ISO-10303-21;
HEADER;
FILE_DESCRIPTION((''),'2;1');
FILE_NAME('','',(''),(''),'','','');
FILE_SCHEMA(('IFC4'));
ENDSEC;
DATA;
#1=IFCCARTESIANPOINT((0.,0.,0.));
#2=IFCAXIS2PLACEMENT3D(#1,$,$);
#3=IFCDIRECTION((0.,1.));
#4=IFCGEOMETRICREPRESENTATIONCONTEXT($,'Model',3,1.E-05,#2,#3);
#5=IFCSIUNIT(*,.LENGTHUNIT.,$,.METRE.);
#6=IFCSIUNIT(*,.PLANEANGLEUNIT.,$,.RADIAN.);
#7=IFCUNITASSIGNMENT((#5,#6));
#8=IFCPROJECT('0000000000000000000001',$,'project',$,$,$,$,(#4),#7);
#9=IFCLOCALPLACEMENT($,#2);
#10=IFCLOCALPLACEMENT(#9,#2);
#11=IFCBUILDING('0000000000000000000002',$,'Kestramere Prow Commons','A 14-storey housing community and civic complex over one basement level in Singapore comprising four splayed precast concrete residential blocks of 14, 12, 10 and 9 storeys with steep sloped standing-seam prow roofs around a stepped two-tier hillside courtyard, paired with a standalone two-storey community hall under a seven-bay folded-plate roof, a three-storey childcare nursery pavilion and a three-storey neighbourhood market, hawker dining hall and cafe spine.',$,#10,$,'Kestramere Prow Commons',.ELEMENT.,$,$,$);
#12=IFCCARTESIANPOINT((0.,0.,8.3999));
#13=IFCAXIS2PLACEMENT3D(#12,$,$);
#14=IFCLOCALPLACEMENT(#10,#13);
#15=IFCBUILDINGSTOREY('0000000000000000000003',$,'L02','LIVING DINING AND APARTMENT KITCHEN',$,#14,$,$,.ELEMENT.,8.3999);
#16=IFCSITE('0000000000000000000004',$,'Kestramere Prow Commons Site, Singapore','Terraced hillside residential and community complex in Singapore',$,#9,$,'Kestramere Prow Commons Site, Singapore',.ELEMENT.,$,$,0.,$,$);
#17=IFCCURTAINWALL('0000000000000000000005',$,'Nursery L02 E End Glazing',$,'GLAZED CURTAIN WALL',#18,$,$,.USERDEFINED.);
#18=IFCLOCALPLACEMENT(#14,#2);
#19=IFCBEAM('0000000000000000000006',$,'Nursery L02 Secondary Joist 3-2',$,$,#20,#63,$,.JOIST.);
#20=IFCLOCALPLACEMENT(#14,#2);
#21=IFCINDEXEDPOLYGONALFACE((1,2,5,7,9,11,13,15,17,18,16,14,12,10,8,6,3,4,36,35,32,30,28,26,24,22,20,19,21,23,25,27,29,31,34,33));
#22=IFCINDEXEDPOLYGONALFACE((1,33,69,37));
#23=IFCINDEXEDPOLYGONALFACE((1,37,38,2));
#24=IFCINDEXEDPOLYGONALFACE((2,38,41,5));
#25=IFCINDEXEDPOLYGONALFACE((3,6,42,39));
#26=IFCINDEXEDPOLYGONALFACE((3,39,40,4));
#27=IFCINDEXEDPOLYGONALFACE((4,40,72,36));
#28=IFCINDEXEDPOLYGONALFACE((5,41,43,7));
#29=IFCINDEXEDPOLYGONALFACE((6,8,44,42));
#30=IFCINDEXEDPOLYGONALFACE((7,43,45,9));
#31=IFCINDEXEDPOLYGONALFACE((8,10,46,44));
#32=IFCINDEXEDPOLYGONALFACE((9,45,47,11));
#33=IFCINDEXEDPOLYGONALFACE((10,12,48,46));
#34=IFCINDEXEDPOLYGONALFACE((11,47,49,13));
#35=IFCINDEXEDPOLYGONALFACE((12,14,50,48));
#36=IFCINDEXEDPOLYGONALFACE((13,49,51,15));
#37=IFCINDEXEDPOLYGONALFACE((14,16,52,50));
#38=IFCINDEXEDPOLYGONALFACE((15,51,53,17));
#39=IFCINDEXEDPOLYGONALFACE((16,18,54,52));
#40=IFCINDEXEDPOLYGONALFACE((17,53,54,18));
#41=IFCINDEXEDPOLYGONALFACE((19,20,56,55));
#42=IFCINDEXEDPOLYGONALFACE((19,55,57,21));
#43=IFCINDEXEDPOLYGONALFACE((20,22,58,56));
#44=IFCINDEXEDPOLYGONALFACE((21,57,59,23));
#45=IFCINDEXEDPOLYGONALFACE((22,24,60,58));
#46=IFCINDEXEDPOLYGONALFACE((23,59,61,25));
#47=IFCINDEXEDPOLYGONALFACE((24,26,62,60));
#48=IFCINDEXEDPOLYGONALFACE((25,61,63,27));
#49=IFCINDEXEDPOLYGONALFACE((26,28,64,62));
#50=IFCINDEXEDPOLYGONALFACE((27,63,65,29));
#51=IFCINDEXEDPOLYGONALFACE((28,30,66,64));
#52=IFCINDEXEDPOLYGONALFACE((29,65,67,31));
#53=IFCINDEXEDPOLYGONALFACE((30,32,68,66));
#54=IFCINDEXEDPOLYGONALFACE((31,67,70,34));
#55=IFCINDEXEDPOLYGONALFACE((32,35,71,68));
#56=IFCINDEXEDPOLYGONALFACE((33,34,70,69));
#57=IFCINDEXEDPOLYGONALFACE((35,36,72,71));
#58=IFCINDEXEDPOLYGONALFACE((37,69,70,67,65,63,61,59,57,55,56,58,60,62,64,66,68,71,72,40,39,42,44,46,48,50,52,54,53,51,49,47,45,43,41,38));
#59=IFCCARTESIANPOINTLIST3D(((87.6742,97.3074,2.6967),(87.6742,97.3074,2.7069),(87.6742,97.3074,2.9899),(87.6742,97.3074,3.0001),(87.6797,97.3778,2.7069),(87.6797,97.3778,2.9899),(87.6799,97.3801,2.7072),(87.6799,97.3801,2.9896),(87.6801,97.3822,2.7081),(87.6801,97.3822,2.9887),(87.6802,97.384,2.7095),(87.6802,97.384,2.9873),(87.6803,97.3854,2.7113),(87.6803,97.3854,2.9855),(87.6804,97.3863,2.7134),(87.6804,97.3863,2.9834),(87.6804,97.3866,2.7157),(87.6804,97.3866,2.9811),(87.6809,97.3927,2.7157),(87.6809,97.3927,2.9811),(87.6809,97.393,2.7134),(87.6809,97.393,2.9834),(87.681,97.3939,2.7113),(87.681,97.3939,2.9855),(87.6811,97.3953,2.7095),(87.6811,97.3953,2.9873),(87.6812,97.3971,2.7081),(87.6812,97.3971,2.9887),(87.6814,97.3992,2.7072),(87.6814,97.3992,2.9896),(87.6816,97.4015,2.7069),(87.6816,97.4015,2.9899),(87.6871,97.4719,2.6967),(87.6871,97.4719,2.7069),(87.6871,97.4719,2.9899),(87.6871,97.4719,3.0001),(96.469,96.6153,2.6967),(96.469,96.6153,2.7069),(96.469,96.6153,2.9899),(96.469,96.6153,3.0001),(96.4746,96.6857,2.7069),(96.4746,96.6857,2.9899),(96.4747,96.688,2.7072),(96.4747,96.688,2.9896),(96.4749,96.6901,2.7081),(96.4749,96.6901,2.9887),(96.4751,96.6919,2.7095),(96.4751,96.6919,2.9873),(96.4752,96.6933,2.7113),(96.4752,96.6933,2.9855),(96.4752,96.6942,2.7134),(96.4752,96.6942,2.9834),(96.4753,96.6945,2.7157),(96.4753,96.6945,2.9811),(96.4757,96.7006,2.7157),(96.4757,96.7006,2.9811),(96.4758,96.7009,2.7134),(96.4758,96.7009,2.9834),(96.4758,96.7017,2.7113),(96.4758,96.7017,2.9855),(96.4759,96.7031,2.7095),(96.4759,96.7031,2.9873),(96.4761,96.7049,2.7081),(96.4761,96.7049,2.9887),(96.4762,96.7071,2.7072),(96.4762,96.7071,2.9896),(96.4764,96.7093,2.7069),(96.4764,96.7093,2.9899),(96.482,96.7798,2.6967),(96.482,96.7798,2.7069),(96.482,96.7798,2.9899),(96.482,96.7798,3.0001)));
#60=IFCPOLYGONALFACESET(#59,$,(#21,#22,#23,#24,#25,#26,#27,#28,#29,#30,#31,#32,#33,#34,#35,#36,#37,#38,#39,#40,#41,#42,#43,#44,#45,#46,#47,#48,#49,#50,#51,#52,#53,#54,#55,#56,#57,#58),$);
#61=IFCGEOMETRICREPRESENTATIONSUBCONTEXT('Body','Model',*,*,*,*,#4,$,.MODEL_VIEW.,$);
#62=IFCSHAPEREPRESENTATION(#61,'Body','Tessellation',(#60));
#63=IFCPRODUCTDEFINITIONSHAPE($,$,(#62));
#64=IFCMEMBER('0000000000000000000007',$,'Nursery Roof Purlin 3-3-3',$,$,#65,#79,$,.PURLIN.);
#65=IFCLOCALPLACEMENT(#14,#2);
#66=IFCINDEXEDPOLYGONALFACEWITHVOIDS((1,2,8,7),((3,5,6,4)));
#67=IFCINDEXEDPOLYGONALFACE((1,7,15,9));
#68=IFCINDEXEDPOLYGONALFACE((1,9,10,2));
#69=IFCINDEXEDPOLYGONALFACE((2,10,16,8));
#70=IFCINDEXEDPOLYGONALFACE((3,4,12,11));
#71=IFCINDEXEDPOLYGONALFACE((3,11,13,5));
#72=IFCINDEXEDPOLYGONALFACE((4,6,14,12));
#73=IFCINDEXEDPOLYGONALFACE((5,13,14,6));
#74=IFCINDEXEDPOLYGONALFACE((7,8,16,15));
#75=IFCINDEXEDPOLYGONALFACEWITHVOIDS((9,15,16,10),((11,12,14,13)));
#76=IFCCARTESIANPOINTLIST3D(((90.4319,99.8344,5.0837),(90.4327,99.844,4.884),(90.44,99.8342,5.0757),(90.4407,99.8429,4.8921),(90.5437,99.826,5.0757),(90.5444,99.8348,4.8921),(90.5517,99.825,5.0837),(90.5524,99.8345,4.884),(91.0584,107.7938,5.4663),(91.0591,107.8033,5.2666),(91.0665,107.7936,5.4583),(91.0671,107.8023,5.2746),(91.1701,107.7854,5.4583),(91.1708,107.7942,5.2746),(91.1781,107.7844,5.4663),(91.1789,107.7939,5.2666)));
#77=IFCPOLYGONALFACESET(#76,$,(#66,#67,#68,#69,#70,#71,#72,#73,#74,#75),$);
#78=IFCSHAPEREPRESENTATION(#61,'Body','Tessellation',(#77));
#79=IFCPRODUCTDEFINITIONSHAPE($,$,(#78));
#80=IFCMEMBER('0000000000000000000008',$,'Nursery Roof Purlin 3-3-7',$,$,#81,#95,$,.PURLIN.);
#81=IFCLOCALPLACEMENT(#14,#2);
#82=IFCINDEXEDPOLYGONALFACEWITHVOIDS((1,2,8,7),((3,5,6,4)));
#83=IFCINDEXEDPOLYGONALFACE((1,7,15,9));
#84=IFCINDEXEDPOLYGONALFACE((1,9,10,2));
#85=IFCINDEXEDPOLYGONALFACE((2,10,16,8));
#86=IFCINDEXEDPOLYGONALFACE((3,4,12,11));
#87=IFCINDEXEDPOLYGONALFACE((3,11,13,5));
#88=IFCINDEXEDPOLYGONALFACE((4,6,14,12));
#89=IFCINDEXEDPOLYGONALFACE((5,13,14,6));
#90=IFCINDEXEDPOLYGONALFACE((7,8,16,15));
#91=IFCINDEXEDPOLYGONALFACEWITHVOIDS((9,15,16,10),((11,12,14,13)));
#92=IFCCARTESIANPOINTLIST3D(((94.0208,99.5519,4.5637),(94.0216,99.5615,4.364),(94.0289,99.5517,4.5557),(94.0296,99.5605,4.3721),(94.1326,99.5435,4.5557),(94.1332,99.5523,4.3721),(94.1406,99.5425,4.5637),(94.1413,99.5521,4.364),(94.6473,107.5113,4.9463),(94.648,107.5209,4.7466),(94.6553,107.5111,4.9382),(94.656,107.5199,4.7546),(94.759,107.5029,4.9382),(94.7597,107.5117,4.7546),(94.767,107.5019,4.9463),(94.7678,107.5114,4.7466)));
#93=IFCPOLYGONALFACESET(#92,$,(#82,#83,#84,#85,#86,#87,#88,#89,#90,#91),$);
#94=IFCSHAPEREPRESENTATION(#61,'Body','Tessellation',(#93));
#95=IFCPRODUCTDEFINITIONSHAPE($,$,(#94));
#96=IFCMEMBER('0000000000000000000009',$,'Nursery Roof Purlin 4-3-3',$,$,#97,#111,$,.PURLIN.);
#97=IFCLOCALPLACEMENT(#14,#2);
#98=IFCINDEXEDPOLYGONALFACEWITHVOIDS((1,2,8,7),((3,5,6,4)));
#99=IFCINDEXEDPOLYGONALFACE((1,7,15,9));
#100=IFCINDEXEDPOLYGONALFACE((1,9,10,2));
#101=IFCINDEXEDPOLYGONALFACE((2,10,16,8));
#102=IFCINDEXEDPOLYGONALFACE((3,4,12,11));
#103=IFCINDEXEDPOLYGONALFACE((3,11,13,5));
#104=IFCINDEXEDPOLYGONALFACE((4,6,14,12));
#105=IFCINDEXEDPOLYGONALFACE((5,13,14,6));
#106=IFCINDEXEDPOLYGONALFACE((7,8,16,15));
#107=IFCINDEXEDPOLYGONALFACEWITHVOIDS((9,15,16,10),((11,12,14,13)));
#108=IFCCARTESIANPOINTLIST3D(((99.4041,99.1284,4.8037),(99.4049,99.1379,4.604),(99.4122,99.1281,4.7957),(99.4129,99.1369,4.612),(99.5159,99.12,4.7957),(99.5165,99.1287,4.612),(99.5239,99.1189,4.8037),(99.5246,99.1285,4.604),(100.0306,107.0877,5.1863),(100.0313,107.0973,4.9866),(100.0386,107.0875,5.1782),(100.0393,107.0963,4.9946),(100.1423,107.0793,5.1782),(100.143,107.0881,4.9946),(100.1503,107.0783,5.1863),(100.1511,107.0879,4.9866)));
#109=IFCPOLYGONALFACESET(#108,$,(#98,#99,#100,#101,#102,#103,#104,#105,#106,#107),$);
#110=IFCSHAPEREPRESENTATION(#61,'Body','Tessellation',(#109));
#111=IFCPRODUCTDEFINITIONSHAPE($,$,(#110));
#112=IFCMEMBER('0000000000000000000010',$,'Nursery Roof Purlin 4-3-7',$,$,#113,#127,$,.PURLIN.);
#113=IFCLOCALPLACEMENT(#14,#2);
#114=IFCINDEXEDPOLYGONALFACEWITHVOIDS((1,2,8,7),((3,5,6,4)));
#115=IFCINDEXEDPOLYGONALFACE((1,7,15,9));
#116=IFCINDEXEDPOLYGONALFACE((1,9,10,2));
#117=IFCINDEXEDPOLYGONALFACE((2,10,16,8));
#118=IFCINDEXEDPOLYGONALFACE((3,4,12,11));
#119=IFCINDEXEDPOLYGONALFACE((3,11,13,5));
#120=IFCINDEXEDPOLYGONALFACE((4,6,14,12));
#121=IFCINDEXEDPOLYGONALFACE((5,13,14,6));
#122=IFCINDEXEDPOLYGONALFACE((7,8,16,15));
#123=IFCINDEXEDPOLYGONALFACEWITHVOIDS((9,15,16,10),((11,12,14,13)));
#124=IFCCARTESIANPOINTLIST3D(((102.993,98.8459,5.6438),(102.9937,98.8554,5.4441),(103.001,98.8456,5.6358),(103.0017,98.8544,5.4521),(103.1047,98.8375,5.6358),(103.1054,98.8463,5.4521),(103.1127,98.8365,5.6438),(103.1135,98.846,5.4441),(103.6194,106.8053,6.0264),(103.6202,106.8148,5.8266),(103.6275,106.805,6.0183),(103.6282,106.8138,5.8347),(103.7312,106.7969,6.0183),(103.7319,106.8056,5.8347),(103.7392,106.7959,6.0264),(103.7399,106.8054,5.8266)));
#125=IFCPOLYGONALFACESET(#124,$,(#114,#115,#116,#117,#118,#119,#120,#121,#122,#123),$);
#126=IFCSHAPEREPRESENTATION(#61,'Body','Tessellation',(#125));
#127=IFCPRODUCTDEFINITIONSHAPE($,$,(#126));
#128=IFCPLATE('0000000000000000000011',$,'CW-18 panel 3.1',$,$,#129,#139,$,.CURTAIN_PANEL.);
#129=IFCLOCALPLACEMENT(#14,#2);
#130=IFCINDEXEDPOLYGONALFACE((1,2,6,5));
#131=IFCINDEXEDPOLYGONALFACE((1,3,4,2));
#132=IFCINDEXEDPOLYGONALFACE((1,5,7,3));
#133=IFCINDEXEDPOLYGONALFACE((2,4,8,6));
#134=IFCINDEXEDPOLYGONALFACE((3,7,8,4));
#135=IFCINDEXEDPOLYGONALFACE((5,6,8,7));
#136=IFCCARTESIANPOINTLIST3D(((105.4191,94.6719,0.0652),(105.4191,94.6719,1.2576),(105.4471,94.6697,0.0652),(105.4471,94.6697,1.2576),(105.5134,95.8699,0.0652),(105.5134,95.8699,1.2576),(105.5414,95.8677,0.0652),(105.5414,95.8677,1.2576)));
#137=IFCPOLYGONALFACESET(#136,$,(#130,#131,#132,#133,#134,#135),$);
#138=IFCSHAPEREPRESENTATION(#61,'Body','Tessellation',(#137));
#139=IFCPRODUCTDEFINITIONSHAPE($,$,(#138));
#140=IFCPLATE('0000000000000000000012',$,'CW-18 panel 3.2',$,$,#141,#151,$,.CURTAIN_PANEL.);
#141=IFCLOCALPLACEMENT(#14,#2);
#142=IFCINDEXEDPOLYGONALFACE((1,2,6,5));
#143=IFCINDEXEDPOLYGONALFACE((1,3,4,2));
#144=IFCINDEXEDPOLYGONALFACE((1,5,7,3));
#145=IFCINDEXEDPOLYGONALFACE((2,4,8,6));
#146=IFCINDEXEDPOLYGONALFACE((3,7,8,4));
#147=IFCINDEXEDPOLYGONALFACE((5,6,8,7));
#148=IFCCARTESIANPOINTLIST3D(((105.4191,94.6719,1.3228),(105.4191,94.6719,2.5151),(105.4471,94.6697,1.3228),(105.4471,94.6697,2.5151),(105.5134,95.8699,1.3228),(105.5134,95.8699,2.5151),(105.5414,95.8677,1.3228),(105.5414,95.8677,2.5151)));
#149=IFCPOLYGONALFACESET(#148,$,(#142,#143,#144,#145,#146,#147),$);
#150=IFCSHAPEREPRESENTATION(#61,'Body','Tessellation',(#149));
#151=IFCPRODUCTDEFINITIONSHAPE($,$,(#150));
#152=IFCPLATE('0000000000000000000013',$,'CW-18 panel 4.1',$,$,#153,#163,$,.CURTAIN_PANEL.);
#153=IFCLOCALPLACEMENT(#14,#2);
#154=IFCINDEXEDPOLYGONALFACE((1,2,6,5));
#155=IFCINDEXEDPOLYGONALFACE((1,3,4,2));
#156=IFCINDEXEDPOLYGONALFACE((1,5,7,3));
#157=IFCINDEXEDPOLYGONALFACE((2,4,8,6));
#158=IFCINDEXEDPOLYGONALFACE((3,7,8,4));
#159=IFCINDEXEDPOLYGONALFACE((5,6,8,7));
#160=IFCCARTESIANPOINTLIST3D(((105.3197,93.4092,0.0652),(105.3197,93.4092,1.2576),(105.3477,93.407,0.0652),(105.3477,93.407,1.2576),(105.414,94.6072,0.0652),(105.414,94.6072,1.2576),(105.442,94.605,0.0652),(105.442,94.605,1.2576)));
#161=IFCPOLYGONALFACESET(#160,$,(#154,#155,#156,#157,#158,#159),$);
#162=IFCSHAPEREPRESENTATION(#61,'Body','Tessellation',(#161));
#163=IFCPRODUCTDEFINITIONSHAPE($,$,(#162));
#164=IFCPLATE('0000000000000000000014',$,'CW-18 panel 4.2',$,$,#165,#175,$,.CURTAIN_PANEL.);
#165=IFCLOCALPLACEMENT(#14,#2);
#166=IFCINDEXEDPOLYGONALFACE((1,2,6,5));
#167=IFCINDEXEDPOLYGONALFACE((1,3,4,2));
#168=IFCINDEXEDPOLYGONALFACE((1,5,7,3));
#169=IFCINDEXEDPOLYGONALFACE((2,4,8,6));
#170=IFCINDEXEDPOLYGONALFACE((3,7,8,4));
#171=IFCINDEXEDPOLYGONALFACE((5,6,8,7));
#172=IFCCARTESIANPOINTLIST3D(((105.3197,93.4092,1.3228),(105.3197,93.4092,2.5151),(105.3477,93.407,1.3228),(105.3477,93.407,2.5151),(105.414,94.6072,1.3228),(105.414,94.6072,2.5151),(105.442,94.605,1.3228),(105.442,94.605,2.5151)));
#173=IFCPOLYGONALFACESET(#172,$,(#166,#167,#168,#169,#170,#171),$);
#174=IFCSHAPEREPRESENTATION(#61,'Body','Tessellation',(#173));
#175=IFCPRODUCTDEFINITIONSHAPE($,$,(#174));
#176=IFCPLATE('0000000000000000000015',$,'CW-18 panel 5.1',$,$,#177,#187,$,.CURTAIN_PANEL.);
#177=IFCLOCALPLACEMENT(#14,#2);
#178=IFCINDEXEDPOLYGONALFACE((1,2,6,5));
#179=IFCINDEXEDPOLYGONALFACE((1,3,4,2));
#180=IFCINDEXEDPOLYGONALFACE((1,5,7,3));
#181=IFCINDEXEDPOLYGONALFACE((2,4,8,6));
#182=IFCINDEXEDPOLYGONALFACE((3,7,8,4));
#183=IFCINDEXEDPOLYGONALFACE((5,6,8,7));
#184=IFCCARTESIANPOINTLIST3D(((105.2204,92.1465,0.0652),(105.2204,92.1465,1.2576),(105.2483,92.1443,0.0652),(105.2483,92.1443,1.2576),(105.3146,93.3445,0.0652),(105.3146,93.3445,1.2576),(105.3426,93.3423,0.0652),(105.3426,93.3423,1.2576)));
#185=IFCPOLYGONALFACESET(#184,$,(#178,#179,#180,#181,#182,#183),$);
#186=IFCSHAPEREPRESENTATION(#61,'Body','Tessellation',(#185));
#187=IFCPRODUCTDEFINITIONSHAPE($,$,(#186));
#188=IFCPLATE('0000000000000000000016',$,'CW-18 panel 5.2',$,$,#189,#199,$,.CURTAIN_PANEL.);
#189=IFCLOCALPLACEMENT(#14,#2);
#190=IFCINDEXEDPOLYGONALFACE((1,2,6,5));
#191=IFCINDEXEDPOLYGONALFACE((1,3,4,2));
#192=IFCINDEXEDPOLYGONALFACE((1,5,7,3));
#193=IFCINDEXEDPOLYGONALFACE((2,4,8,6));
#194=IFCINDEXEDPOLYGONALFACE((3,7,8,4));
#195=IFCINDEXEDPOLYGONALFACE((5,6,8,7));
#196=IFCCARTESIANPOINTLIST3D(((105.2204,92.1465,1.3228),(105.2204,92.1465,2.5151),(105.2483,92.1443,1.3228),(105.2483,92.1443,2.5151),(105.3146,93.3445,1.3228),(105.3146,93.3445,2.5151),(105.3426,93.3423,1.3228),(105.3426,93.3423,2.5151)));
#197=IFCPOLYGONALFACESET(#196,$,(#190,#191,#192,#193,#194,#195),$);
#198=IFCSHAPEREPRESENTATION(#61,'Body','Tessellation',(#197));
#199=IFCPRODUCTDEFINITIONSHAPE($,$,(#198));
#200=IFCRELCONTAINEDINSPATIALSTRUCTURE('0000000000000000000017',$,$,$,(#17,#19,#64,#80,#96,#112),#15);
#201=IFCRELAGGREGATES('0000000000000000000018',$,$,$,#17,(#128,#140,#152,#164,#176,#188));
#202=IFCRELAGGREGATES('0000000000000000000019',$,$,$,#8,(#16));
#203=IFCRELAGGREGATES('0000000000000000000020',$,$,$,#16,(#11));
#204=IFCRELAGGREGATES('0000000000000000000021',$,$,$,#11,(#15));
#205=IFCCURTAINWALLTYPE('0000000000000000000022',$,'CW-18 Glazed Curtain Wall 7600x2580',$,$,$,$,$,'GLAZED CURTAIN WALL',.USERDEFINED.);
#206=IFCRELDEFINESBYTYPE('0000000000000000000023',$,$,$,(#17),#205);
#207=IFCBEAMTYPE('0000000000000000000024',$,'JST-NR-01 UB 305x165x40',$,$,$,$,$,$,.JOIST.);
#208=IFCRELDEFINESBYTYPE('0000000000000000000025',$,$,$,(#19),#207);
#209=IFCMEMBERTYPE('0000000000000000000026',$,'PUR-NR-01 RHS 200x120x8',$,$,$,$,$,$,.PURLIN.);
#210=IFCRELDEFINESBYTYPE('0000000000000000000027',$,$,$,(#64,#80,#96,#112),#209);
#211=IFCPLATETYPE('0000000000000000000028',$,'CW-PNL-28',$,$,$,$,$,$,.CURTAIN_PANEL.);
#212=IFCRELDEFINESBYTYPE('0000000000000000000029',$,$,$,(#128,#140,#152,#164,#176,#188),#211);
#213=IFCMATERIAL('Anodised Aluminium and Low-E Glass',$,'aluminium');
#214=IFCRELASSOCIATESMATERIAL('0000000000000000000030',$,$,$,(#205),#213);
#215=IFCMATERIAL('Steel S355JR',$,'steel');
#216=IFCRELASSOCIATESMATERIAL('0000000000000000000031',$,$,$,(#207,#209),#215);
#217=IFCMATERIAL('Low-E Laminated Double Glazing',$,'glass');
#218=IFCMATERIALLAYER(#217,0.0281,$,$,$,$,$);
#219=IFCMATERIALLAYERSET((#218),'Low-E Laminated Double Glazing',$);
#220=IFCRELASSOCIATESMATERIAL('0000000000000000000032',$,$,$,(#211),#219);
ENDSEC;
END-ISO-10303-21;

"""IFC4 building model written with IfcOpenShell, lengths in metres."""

from ifc_helpers import new_model, si_unit, direction, frame, origin, origin_2d, place, context, subcontext, project, spatial, rectangle, hollow_rectangle, i_section, extrude, material, layer, layer_set, material_profile, profile_set, type_object, element, aggregate, save


model = new_model("IFC4")

# Units and contexts
model_context = context("Model", 3, precision=1e-05, world=origin(), true_north=direction((0.0, 1.0)))
body_context = subcontext(model_context, "Body", "Model", "MODEL_VIEW")
ifc_project = project(units=[si_unit("LENGTHUNIT", "METRE"), si_unit("PLANEANGLEUNIT", "RADIAN")], contexts=[model_context])

# Site, building, storey
site_placement = place(None, origin())
site = spatial("IfcSite", under=ifc_project, at=site_placement, Name="Kestramere Prow Commons Site, Singapore", Description="Terraced hillside residential and community complex in Singapore", LongName="Kestramere Prow Commons Site, Singapore", CompositionType="ELEMENT", RefElevation=0.0)
building_placement = place(site_placement, origin())
building = spatial("IfcBuilding", under=site, at=building_placement, Name="Kestramere Prow Commons", Description="A 14-storey housing community and civic complex over one basement level in Singapore comprising four splayed precast concrete residential blocks of 14, 12, 10 and 9 storeys with steep sloped standing-seam prow roofs around a stepped two-tier hillside courtyard, paired with a standalone two-storey community hall under a seven-bay folded-plate roof, a three-storey childcare nursery pavilion and a three-storey neighbourhood market, hawker dining hall and cafe spine.", LongName="Kestramere Prow Commons", CompositionType="ELEMENT")
storey_placement = place(building_placement, frame((0.0, 0.0, 8.3999)))
storey = spatial("IfcBuildingStorey", under=building, at=storey_placement, Name="L02", Description="LIVING DINING AND APARTMENT KITCHEN", CompositionType="ELEMENT", Elevation=8.3999)

# Shared definitions
ifc_material_1 = material(Name="Steel S355JR", Category="steel")

# Curtain wall
ifc_material_2 = material(Name="Anodised Aluminium and Low-E Glass", Category="aluminium")
curtain_wall_type = type_object("IfcCurtainWallType", Name="CW-18 Glazed Curtain Wall 7600x2580", ElementType="GLAZED CURTAIN WALL", PredefinedType="USERDEFINED", material=ifc_material_2)
curtain_wall_placement = place(storey_placement, origin())
curtain_wall = element("IfcCurtainWall", 1, at=curtain_wall_placement, inside=storey, type_object=curtain_wall_type, Name="Nursery L02 E End Glazing", ObjectType="GLAZED CURTAIN WALL", PredefinedType="USERDEFINED")

# Beam
ifc_material_profile_1 = material_profile(ifc_material_1, i_section(OverallWidth=0.165, OverallDepth=0.3035, WebThickness=0.0061, FlangeThickness=0.0103, FilletRadius=0.0088, at=origin_2d()), Name="UB 305x165x40")
ifc_profile_set_1 = profile_set([ifc_material_profile_1], Name="Steel S355JR")
beam_type_1 = type_object("IfcBeamType", Name="JST-NR-01 UB 305x165x40", PredefinedType="JOIST", material=ifc_profile_set_1)
for number, where, z_axis, x_axis, name in (
    (2, (87.6807, 97.3896, 2.8484), (0.996918, -0.078455, 0.0), (0.078455, 0.996918, 0.0), "Nursery L02 Secondary Joist 3-2"),
):
    element("IfcBeam", number, at=place(storey_placement, frame(where, z_axis=z_axis, x_axis=x_axis)), inside=storey, type_object=beam_type_1, Name=name, PredefinedType="JOIST", context=body_context, shape_type="SweptSolid", body=[
        extrude(i_section(OverallWidth=0.165, OverallDepth=0.3035, WebThickness=0.0061, FlangeThickness=0.0103, FilletRadius=0.0088, at=origin_2d()), origin(), (0.0, 0.0, 1.0), 8.822),
    ])

# Members
ifc_material_profile_2 = material_profile(ifc_material_1, hollow_rectangle(XDim=0.1201, YDim=0.2, WallThickness=0.0081, at=origin_2d()), Name="RHS 200x120x8")
ifc_profile_set_2 = profile_set([ifc_material_profile_2], Name="Steel S355JR")
member_type_1 = type_object("IfcMemberType", Name="PUR-NR-01 RHS 200x120x8", PredefinedType="PURLIN", material=ifc_profile_set_2)
for number, where, z_axis, x_axis, name in (
    (3, (90.4922, 99.8345, 4.9839), (0.078374, 0.995774, 0.047861), (-0.996917, 0.078464, 0.0), "Nursery Roof Purlin 3-3-3"),
    (4, (94.0811, 99.552, 4.4639), (0.078374, 0.995774, 0.047861), (-0.996917, 0.078464, 0.0), "Nursery Roof Purlin 3-3-7"),
    (5, (99.4644, 99.1284, 4.7039), (0.078374, 0.995774, 0.047861), (-0.996917, 0.078464, 0.0), "Nursery Roof Purlin 4-3-3"),
    (6, (103.0532, 98.8459, 5.5439), (0.078374, 0.995774, 0.047861), (-0.996917, 0.078464, 0.0), "Nursery Roof Purlin 4-3-7"),
):
    element("IfcMember", number, at=place(storey_placement, frame(where, z_axis=z_axis, x_axis=x_axis)), inside=storey, type_object=member_type_1, Name=name, PredefinedType="PURLIN", context=body_context, shape_type="SweptSolid", body=[
        extrude(hollow_rectangle(XDim=0.1201, YDim=0.2, WallThickness=0.0081, at=origin_2d()), origin(), (0.0, 0.0, 1.0), 7.9932),
    ])

# Plates
ifc_material_3 = material(Name="Low-E Laminated Double Glazing", Category="glass")
ifc_layer_1 = layer(ifc_material_3, 0.0281)
ifc_layer_set_1 = layer_set([ifc_layer_1], Name="Low-E Laminated Double Glazing")
plate_type = type_object("IfcPlateType", Name="CW-PNL-28", PredefinedType="CURTAIN_PANEL", material=ifc_layer_set_1)
plate_1_placement = place(storey_placement, frame((105.4802, 95.2698, 0.0652), z_axis=(0.0, 0.0, 1.0), x_axis=(-0.078459, -0.996917, 0.0)))
plate_1 = element("IfcPlate", 7, at=plate_1_placement, type_object=plate_type, Name="CW-18 panel 3.1", PredefinedType="CURTAIN_PANEL", context=body_context, shape_type="SweptSolid", body=[
    extrude(rectangle(XDim=1.2017, YDim=0.0281, at=origin_2d()), origin(), (0.0, 0.0, 1.0), 1.1924),
])
plate_2_placement = place(storey_placement, frame((105.4802, 95.2698, 1.3228), z_axis=(0.0, 0.0, 1.0), x_axis=(-0.078459, -0.996917, 0.0)))
plate_2 = element("IfcPlate", 8, at=plate_2_placement, type_object=plate_type, Name="CW-18 panel 3.2", PredefinedType="CURTAIN_PANEL", context=body_context, shape_type="SweptSolid", body=[
    extrude(rectangle(XDim=1.2017, YDim=0.0281, at=origin_2d()), origin(), (0.0, 0.0, 1.0), 1.1924),
])
plate_3_placement = place(storey_placement, frame((105.3809, 94.0071, 0.0652), z_axis=(0.0, 0.0, 1.0), x_axis=(-0.078459, -0.996917, 0.0)))
plate_3 = element("IfcPlate", 9, at=plate_3_placement, type_object=plate_type, Name="CW-18 panel 4.1", PredefinedType="CURTAIN_PANEL", context=body_context, shape_type="SweptSolid", body=[
    extrude(rectangle(XDim=1.2017, YDim=0.0281, at=origin_2d()), origin(), (0.0, 0.0, 1.0), 1.1924),
])
plate_4_placement = place(storey_placement, frame((105.3809, 94.0071, 1.3228), z_axis=(0.0, 0.0, 1.0), x_axis=(-0.078459, -0.996917, 0.0)))
plate_4 = element("IfcPlate", 10, at=plate_4_placement, type_object=plate_type, Name="CW-18 panel 4.2", PredefinedType="CURTAIN_PANEL", context=body_context, shape_type="SweptSolid", body=[
    extrude(rectangle(XDim=1.2017, YDim=0.0281, at=origin_2d()), origin(), (0.0, 0.0, 1.0), 1.1924),
])
plate_5_placement = place(storey_placement, frame((105.2815, 92.7444, 0.0652), z_axis=(0.0, 0.0, 1.0), x_axis=(-0.078459, -0.996917, 0.0)))
plate_5 = element("IfcPlate", 11, at=plate_5_placement, type_object=plate_type, Name="CW-18 panel 5.1", PredefinedType="CURTAIN_PANEL", context=body_context, shape_type="SweptSolid", body=[
    extrude(rectangle(XDim=1.2017, YDim=0.0281, at=origin_2d()), origin(), (0.0, 0.0, 1.0), 1.1924),
])
plate_6_placement = place(storey_placement, frame((105.2815, 92.7444, 1.3228), z_axis=(0.0, 0.0, 1.0), x_axis=(-0.078459, -0.996917, 0.0)))
plate_6 = element("IfcPlate", 12, at=plate_6_placement, type_object=plate_type, Name="CW-18 panel 5.2", PredefinedType="CURTAIN_PANEL", context=body_context, shape_type="SweptSolid", body=[
    extrude(rectangle(XDim=1.2017, YDim=0.0281, at=origin_2d()), origin(), (0.0, 0.0, 1.0), 1.1924),
])
aggregate(curtain_wall, [plate_1, plate_2, plate_3, plate_4, plate_5, plate_6])

save(model, "model.ifc")
